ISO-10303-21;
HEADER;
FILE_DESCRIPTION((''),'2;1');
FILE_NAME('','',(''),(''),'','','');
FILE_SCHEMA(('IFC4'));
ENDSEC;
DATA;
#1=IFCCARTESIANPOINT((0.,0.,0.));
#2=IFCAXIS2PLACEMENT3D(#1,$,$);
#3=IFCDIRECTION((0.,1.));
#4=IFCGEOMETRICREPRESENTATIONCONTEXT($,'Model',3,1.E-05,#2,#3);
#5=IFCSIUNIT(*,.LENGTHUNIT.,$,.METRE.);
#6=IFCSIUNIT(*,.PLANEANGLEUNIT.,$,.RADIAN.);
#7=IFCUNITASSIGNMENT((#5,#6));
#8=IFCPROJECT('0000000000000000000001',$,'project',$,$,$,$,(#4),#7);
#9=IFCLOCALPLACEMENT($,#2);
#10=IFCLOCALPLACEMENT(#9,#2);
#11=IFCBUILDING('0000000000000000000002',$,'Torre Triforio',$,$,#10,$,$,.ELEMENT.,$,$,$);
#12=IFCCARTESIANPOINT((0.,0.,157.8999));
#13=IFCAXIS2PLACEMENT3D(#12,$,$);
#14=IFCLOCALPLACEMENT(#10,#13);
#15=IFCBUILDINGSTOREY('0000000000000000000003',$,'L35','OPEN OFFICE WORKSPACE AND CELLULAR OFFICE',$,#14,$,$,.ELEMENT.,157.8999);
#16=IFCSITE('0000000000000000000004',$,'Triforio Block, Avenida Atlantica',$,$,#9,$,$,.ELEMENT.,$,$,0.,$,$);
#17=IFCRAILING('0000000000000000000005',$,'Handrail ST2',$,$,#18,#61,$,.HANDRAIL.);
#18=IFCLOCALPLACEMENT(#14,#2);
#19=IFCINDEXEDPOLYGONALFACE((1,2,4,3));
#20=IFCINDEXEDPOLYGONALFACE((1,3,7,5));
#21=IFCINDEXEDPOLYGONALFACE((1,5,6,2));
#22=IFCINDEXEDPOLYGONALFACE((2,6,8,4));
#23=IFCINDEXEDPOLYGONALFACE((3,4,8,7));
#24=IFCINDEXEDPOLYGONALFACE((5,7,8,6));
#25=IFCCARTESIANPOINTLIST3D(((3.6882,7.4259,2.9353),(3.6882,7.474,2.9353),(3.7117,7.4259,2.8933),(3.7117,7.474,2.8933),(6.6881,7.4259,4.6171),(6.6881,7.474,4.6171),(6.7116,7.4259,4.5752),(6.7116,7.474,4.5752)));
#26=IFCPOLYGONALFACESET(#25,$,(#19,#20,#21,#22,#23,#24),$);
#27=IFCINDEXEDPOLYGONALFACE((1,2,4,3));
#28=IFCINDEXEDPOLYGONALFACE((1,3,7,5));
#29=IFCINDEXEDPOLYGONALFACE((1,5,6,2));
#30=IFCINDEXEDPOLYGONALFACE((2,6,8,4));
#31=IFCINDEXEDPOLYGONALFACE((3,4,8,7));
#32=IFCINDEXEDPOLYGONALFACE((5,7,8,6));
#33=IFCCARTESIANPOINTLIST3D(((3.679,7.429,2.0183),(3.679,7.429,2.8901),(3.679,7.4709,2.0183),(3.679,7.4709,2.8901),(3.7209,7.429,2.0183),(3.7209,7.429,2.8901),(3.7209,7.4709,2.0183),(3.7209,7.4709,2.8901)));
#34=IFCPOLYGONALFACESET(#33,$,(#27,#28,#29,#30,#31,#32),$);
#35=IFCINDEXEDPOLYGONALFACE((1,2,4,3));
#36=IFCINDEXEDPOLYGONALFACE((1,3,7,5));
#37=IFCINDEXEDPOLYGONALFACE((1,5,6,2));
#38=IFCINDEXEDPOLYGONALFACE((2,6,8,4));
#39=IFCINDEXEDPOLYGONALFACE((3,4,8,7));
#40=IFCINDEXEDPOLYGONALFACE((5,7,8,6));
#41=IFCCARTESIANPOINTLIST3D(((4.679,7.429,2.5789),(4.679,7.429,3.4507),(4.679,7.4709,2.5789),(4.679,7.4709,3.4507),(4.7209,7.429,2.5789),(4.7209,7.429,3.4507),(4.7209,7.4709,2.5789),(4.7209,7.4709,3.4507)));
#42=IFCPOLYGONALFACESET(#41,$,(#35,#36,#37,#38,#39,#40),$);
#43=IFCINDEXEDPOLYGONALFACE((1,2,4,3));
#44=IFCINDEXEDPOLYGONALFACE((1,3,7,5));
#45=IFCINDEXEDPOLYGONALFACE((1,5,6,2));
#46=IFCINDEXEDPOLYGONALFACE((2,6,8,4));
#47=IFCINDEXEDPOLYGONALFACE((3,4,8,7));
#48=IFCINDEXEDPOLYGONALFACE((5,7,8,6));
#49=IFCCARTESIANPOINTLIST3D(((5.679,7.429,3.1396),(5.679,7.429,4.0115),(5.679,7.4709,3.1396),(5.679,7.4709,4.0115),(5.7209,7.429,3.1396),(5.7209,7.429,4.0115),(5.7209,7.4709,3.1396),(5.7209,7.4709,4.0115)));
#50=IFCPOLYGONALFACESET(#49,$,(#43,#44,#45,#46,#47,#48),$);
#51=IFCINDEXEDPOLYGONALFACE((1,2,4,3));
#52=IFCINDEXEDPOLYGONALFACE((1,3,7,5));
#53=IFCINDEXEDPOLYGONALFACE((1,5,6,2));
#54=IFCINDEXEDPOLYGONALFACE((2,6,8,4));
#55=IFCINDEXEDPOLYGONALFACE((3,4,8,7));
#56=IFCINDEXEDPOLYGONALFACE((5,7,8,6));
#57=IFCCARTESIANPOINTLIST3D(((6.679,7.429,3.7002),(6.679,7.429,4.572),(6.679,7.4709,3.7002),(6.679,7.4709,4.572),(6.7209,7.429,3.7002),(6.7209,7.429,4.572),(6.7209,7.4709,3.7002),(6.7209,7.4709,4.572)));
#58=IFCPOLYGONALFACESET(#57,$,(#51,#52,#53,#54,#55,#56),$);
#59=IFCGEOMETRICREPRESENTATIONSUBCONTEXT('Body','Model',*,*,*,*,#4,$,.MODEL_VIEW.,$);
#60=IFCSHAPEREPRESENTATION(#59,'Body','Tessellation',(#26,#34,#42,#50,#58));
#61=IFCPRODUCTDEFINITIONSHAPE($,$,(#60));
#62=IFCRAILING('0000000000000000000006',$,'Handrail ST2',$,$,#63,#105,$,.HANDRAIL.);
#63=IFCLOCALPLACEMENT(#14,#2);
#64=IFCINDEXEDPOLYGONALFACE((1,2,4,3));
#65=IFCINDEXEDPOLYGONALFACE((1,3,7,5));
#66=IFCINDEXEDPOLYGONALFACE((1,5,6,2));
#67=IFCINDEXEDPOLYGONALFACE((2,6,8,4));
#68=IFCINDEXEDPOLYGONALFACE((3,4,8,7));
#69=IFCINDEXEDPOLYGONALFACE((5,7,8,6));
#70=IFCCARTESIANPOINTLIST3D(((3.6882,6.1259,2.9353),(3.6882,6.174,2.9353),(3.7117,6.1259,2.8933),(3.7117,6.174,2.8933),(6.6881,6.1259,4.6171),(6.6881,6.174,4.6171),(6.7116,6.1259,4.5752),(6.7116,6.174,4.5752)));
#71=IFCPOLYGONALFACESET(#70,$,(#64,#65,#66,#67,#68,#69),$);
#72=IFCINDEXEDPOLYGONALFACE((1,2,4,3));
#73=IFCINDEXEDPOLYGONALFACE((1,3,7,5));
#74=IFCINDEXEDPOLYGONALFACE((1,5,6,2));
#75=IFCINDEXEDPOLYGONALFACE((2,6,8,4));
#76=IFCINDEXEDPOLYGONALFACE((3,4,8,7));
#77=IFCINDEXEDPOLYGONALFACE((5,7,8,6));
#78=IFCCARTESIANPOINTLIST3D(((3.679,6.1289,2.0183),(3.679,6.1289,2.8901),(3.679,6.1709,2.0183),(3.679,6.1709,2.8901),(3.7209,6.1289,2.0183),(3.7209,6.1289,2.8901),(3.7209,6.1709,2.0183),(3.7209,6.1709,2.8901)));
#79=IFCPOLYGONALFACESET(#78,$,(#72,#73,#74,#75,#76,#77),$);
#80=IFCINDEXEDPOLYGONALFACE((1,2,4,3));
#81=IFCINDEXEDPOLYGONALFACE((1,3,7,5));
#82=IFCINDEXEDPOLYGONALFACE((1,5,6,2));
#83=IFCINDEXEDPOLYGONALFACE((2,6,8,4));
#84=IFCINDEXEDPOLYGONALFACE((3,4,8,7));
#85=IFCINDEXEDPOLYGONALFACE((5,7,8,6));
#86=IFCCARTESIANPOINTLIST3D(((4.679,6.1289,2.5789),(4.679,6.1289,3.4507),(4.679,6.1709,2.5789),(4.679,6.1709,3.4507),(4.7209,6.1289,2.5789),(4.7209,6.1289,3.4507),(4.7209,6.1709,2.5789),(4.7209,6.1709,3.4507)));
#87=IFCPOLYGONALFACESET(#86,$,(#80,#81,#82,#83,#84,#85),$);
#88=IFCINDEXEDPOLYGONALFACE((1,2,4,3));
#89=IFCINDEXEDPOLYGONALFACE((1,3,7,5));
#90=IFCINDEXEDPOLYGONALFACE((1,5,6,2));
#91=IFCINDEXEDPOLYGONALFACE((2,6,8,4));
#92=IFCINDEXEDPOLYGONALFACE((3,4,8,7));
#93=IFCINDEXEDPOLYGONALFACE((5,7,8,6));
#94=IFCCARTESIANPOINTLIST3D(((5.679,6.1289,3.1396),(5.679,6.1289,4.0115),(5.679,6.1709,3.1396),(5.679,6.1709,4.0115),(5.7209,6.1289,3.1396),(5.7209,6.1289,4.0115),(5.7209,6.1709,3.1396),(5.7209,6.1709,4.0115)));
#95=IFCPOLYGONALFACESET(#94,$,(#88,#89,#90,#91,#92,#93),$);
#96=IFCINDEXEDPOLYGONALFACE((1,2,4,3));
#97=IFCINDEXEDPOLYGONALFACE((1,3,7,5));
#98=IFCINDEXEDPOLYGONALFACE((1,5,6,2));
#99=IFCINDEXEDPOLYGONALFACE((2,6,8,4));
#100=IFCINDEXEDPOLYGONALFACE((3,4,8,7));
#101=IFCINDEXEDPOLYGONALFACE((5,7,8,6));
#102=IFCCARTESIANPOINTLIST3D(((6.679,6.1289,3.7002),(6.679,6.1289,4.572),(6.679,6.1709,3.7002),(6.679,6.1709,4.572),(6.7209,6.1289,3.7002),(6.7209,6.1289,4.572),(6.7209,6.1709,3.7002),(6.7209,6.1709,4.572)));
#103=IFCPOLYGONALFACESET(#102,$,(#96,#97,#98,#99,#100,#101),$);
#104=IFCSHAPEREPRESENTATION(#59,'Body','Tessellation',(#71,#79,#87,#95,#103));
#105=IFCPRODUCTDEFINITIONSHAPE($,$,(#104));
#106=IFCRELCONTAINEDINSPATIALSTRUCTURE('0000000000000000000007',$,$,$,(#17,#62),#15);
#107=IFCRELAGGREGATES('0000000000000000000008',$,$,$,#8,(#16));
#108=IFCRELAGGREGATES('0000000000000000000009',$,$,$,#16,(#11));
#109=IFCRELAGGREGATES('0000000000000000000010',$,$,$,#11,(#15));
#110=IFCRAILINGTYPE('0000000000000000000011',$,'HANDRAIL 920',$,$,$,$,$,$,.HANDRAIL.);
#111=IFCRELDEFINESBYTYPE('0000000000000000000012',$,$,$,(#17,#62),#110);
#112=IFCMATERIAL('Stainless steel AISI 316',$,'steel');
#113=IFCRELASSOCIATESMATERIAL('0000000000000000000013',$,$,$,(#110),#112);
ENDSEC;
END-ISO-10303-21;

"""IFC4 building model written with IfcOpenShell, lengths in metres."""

from ifc_helpers import new_model, si_unit, direction, frame, origin, origin_2d, place, context, subcontext, project, spatial, rectangle, extrude, material, type_object, element, save


model = new_model("IFC4")

# Units and contexts
model_context = context("Model", 3, precision=1e-05, world=origin(), true_north=direction((0.0, 1.0)))
body_context = subcontext(model_context, "Body", "Model", "MODEL_VIEW")
ifc_project = project(units=[si_unit("LENGTHUNIT", "METRE"), si_unit("PLANEANGLEUNIT", "RADIAN")], contexts=[model_context])

# Site, building, storey
site_placement = place(None, origin())
site = spatial("IfcSite", under=ifc_project, at=site_placement, Name="Triforio Block, Avenida Atlantica", CompositionType="ELEMENT", RefElevation=0.0)
building_placement = place(site_placement, origin())
building = spatial("IfcBuilding", under=site, at=building_placement, Name="Torre Triforio", CompositionType="ELEMENT")
storey_placement = place(building_placement, frame((0.0, 0.0, 157.8999)))
storey = spatial("IfcBuildingStorey", under=building, at=storey_placement, Name="L35", Description="OPEN OFFICE WORKSPACE AND CELLULAR OFFICE", CompositionType="ELEMENT", Elevation=157.8999)

# Railings
ifc_material_1 = material(Name="Stainless steel AISI 316", Category="steel")
railing_type = type_object("IfcRailingType", Name="HANDRAIL 920", PredefinedType="HANDRAIL", material=ifc_material_1)
for number, where, name in (
    (1, (3.7, 7.45, 2.0183), "Handrail ST2"),
    (2, (3.7, 6.1499, 2.0183), "Handrail ST2"),
):
    element("IfcRailing", number, at=place(storey_placement, frame(where)), inside=storey, type_object=railing_type, Name=name, PredefinedType="HANDRAIL", context=body_context, shape_type="SweptSolid", body=[
        extrude(rectangle(XDim=0.0481, YDim=0.0481, at=origin_2d()), frame((0.0, 0.0, 0.896), z_axis=(0.872272, 0.0, 0.48902), x_axis=(0.0, 1.0, 0.0)), (0.0, 0.0, 1.0), 3.4392),
        extrude(rectangle(XDim=0.042, YDim=0.042, at=origin_2d()), origin(), (0.0, 0.0, 1.0), 0.8718),
        extrude(rectangle(XDim=0.042, YDim=0.042, at=origin_2d()), frame((1.0, 0.0, 0.5605)), (0.0, 0.0, 1.0), 0.8718),
        extrude(rectangle(XDim=0.042, YDim=0.042, at=origin_2d()), frame((2.0, 0.0, 1.1213)), (0.0, 0.0, 1.0), 0.8718),
        extrude(rectangle(XDim=0.042, YDim=0.042, at=origin_2d()), frame((3.0, 0.0, 1.6819)), (0.0, 0.0, 1.0), 0.8718),
    ])

save(model, "model.ifc")
